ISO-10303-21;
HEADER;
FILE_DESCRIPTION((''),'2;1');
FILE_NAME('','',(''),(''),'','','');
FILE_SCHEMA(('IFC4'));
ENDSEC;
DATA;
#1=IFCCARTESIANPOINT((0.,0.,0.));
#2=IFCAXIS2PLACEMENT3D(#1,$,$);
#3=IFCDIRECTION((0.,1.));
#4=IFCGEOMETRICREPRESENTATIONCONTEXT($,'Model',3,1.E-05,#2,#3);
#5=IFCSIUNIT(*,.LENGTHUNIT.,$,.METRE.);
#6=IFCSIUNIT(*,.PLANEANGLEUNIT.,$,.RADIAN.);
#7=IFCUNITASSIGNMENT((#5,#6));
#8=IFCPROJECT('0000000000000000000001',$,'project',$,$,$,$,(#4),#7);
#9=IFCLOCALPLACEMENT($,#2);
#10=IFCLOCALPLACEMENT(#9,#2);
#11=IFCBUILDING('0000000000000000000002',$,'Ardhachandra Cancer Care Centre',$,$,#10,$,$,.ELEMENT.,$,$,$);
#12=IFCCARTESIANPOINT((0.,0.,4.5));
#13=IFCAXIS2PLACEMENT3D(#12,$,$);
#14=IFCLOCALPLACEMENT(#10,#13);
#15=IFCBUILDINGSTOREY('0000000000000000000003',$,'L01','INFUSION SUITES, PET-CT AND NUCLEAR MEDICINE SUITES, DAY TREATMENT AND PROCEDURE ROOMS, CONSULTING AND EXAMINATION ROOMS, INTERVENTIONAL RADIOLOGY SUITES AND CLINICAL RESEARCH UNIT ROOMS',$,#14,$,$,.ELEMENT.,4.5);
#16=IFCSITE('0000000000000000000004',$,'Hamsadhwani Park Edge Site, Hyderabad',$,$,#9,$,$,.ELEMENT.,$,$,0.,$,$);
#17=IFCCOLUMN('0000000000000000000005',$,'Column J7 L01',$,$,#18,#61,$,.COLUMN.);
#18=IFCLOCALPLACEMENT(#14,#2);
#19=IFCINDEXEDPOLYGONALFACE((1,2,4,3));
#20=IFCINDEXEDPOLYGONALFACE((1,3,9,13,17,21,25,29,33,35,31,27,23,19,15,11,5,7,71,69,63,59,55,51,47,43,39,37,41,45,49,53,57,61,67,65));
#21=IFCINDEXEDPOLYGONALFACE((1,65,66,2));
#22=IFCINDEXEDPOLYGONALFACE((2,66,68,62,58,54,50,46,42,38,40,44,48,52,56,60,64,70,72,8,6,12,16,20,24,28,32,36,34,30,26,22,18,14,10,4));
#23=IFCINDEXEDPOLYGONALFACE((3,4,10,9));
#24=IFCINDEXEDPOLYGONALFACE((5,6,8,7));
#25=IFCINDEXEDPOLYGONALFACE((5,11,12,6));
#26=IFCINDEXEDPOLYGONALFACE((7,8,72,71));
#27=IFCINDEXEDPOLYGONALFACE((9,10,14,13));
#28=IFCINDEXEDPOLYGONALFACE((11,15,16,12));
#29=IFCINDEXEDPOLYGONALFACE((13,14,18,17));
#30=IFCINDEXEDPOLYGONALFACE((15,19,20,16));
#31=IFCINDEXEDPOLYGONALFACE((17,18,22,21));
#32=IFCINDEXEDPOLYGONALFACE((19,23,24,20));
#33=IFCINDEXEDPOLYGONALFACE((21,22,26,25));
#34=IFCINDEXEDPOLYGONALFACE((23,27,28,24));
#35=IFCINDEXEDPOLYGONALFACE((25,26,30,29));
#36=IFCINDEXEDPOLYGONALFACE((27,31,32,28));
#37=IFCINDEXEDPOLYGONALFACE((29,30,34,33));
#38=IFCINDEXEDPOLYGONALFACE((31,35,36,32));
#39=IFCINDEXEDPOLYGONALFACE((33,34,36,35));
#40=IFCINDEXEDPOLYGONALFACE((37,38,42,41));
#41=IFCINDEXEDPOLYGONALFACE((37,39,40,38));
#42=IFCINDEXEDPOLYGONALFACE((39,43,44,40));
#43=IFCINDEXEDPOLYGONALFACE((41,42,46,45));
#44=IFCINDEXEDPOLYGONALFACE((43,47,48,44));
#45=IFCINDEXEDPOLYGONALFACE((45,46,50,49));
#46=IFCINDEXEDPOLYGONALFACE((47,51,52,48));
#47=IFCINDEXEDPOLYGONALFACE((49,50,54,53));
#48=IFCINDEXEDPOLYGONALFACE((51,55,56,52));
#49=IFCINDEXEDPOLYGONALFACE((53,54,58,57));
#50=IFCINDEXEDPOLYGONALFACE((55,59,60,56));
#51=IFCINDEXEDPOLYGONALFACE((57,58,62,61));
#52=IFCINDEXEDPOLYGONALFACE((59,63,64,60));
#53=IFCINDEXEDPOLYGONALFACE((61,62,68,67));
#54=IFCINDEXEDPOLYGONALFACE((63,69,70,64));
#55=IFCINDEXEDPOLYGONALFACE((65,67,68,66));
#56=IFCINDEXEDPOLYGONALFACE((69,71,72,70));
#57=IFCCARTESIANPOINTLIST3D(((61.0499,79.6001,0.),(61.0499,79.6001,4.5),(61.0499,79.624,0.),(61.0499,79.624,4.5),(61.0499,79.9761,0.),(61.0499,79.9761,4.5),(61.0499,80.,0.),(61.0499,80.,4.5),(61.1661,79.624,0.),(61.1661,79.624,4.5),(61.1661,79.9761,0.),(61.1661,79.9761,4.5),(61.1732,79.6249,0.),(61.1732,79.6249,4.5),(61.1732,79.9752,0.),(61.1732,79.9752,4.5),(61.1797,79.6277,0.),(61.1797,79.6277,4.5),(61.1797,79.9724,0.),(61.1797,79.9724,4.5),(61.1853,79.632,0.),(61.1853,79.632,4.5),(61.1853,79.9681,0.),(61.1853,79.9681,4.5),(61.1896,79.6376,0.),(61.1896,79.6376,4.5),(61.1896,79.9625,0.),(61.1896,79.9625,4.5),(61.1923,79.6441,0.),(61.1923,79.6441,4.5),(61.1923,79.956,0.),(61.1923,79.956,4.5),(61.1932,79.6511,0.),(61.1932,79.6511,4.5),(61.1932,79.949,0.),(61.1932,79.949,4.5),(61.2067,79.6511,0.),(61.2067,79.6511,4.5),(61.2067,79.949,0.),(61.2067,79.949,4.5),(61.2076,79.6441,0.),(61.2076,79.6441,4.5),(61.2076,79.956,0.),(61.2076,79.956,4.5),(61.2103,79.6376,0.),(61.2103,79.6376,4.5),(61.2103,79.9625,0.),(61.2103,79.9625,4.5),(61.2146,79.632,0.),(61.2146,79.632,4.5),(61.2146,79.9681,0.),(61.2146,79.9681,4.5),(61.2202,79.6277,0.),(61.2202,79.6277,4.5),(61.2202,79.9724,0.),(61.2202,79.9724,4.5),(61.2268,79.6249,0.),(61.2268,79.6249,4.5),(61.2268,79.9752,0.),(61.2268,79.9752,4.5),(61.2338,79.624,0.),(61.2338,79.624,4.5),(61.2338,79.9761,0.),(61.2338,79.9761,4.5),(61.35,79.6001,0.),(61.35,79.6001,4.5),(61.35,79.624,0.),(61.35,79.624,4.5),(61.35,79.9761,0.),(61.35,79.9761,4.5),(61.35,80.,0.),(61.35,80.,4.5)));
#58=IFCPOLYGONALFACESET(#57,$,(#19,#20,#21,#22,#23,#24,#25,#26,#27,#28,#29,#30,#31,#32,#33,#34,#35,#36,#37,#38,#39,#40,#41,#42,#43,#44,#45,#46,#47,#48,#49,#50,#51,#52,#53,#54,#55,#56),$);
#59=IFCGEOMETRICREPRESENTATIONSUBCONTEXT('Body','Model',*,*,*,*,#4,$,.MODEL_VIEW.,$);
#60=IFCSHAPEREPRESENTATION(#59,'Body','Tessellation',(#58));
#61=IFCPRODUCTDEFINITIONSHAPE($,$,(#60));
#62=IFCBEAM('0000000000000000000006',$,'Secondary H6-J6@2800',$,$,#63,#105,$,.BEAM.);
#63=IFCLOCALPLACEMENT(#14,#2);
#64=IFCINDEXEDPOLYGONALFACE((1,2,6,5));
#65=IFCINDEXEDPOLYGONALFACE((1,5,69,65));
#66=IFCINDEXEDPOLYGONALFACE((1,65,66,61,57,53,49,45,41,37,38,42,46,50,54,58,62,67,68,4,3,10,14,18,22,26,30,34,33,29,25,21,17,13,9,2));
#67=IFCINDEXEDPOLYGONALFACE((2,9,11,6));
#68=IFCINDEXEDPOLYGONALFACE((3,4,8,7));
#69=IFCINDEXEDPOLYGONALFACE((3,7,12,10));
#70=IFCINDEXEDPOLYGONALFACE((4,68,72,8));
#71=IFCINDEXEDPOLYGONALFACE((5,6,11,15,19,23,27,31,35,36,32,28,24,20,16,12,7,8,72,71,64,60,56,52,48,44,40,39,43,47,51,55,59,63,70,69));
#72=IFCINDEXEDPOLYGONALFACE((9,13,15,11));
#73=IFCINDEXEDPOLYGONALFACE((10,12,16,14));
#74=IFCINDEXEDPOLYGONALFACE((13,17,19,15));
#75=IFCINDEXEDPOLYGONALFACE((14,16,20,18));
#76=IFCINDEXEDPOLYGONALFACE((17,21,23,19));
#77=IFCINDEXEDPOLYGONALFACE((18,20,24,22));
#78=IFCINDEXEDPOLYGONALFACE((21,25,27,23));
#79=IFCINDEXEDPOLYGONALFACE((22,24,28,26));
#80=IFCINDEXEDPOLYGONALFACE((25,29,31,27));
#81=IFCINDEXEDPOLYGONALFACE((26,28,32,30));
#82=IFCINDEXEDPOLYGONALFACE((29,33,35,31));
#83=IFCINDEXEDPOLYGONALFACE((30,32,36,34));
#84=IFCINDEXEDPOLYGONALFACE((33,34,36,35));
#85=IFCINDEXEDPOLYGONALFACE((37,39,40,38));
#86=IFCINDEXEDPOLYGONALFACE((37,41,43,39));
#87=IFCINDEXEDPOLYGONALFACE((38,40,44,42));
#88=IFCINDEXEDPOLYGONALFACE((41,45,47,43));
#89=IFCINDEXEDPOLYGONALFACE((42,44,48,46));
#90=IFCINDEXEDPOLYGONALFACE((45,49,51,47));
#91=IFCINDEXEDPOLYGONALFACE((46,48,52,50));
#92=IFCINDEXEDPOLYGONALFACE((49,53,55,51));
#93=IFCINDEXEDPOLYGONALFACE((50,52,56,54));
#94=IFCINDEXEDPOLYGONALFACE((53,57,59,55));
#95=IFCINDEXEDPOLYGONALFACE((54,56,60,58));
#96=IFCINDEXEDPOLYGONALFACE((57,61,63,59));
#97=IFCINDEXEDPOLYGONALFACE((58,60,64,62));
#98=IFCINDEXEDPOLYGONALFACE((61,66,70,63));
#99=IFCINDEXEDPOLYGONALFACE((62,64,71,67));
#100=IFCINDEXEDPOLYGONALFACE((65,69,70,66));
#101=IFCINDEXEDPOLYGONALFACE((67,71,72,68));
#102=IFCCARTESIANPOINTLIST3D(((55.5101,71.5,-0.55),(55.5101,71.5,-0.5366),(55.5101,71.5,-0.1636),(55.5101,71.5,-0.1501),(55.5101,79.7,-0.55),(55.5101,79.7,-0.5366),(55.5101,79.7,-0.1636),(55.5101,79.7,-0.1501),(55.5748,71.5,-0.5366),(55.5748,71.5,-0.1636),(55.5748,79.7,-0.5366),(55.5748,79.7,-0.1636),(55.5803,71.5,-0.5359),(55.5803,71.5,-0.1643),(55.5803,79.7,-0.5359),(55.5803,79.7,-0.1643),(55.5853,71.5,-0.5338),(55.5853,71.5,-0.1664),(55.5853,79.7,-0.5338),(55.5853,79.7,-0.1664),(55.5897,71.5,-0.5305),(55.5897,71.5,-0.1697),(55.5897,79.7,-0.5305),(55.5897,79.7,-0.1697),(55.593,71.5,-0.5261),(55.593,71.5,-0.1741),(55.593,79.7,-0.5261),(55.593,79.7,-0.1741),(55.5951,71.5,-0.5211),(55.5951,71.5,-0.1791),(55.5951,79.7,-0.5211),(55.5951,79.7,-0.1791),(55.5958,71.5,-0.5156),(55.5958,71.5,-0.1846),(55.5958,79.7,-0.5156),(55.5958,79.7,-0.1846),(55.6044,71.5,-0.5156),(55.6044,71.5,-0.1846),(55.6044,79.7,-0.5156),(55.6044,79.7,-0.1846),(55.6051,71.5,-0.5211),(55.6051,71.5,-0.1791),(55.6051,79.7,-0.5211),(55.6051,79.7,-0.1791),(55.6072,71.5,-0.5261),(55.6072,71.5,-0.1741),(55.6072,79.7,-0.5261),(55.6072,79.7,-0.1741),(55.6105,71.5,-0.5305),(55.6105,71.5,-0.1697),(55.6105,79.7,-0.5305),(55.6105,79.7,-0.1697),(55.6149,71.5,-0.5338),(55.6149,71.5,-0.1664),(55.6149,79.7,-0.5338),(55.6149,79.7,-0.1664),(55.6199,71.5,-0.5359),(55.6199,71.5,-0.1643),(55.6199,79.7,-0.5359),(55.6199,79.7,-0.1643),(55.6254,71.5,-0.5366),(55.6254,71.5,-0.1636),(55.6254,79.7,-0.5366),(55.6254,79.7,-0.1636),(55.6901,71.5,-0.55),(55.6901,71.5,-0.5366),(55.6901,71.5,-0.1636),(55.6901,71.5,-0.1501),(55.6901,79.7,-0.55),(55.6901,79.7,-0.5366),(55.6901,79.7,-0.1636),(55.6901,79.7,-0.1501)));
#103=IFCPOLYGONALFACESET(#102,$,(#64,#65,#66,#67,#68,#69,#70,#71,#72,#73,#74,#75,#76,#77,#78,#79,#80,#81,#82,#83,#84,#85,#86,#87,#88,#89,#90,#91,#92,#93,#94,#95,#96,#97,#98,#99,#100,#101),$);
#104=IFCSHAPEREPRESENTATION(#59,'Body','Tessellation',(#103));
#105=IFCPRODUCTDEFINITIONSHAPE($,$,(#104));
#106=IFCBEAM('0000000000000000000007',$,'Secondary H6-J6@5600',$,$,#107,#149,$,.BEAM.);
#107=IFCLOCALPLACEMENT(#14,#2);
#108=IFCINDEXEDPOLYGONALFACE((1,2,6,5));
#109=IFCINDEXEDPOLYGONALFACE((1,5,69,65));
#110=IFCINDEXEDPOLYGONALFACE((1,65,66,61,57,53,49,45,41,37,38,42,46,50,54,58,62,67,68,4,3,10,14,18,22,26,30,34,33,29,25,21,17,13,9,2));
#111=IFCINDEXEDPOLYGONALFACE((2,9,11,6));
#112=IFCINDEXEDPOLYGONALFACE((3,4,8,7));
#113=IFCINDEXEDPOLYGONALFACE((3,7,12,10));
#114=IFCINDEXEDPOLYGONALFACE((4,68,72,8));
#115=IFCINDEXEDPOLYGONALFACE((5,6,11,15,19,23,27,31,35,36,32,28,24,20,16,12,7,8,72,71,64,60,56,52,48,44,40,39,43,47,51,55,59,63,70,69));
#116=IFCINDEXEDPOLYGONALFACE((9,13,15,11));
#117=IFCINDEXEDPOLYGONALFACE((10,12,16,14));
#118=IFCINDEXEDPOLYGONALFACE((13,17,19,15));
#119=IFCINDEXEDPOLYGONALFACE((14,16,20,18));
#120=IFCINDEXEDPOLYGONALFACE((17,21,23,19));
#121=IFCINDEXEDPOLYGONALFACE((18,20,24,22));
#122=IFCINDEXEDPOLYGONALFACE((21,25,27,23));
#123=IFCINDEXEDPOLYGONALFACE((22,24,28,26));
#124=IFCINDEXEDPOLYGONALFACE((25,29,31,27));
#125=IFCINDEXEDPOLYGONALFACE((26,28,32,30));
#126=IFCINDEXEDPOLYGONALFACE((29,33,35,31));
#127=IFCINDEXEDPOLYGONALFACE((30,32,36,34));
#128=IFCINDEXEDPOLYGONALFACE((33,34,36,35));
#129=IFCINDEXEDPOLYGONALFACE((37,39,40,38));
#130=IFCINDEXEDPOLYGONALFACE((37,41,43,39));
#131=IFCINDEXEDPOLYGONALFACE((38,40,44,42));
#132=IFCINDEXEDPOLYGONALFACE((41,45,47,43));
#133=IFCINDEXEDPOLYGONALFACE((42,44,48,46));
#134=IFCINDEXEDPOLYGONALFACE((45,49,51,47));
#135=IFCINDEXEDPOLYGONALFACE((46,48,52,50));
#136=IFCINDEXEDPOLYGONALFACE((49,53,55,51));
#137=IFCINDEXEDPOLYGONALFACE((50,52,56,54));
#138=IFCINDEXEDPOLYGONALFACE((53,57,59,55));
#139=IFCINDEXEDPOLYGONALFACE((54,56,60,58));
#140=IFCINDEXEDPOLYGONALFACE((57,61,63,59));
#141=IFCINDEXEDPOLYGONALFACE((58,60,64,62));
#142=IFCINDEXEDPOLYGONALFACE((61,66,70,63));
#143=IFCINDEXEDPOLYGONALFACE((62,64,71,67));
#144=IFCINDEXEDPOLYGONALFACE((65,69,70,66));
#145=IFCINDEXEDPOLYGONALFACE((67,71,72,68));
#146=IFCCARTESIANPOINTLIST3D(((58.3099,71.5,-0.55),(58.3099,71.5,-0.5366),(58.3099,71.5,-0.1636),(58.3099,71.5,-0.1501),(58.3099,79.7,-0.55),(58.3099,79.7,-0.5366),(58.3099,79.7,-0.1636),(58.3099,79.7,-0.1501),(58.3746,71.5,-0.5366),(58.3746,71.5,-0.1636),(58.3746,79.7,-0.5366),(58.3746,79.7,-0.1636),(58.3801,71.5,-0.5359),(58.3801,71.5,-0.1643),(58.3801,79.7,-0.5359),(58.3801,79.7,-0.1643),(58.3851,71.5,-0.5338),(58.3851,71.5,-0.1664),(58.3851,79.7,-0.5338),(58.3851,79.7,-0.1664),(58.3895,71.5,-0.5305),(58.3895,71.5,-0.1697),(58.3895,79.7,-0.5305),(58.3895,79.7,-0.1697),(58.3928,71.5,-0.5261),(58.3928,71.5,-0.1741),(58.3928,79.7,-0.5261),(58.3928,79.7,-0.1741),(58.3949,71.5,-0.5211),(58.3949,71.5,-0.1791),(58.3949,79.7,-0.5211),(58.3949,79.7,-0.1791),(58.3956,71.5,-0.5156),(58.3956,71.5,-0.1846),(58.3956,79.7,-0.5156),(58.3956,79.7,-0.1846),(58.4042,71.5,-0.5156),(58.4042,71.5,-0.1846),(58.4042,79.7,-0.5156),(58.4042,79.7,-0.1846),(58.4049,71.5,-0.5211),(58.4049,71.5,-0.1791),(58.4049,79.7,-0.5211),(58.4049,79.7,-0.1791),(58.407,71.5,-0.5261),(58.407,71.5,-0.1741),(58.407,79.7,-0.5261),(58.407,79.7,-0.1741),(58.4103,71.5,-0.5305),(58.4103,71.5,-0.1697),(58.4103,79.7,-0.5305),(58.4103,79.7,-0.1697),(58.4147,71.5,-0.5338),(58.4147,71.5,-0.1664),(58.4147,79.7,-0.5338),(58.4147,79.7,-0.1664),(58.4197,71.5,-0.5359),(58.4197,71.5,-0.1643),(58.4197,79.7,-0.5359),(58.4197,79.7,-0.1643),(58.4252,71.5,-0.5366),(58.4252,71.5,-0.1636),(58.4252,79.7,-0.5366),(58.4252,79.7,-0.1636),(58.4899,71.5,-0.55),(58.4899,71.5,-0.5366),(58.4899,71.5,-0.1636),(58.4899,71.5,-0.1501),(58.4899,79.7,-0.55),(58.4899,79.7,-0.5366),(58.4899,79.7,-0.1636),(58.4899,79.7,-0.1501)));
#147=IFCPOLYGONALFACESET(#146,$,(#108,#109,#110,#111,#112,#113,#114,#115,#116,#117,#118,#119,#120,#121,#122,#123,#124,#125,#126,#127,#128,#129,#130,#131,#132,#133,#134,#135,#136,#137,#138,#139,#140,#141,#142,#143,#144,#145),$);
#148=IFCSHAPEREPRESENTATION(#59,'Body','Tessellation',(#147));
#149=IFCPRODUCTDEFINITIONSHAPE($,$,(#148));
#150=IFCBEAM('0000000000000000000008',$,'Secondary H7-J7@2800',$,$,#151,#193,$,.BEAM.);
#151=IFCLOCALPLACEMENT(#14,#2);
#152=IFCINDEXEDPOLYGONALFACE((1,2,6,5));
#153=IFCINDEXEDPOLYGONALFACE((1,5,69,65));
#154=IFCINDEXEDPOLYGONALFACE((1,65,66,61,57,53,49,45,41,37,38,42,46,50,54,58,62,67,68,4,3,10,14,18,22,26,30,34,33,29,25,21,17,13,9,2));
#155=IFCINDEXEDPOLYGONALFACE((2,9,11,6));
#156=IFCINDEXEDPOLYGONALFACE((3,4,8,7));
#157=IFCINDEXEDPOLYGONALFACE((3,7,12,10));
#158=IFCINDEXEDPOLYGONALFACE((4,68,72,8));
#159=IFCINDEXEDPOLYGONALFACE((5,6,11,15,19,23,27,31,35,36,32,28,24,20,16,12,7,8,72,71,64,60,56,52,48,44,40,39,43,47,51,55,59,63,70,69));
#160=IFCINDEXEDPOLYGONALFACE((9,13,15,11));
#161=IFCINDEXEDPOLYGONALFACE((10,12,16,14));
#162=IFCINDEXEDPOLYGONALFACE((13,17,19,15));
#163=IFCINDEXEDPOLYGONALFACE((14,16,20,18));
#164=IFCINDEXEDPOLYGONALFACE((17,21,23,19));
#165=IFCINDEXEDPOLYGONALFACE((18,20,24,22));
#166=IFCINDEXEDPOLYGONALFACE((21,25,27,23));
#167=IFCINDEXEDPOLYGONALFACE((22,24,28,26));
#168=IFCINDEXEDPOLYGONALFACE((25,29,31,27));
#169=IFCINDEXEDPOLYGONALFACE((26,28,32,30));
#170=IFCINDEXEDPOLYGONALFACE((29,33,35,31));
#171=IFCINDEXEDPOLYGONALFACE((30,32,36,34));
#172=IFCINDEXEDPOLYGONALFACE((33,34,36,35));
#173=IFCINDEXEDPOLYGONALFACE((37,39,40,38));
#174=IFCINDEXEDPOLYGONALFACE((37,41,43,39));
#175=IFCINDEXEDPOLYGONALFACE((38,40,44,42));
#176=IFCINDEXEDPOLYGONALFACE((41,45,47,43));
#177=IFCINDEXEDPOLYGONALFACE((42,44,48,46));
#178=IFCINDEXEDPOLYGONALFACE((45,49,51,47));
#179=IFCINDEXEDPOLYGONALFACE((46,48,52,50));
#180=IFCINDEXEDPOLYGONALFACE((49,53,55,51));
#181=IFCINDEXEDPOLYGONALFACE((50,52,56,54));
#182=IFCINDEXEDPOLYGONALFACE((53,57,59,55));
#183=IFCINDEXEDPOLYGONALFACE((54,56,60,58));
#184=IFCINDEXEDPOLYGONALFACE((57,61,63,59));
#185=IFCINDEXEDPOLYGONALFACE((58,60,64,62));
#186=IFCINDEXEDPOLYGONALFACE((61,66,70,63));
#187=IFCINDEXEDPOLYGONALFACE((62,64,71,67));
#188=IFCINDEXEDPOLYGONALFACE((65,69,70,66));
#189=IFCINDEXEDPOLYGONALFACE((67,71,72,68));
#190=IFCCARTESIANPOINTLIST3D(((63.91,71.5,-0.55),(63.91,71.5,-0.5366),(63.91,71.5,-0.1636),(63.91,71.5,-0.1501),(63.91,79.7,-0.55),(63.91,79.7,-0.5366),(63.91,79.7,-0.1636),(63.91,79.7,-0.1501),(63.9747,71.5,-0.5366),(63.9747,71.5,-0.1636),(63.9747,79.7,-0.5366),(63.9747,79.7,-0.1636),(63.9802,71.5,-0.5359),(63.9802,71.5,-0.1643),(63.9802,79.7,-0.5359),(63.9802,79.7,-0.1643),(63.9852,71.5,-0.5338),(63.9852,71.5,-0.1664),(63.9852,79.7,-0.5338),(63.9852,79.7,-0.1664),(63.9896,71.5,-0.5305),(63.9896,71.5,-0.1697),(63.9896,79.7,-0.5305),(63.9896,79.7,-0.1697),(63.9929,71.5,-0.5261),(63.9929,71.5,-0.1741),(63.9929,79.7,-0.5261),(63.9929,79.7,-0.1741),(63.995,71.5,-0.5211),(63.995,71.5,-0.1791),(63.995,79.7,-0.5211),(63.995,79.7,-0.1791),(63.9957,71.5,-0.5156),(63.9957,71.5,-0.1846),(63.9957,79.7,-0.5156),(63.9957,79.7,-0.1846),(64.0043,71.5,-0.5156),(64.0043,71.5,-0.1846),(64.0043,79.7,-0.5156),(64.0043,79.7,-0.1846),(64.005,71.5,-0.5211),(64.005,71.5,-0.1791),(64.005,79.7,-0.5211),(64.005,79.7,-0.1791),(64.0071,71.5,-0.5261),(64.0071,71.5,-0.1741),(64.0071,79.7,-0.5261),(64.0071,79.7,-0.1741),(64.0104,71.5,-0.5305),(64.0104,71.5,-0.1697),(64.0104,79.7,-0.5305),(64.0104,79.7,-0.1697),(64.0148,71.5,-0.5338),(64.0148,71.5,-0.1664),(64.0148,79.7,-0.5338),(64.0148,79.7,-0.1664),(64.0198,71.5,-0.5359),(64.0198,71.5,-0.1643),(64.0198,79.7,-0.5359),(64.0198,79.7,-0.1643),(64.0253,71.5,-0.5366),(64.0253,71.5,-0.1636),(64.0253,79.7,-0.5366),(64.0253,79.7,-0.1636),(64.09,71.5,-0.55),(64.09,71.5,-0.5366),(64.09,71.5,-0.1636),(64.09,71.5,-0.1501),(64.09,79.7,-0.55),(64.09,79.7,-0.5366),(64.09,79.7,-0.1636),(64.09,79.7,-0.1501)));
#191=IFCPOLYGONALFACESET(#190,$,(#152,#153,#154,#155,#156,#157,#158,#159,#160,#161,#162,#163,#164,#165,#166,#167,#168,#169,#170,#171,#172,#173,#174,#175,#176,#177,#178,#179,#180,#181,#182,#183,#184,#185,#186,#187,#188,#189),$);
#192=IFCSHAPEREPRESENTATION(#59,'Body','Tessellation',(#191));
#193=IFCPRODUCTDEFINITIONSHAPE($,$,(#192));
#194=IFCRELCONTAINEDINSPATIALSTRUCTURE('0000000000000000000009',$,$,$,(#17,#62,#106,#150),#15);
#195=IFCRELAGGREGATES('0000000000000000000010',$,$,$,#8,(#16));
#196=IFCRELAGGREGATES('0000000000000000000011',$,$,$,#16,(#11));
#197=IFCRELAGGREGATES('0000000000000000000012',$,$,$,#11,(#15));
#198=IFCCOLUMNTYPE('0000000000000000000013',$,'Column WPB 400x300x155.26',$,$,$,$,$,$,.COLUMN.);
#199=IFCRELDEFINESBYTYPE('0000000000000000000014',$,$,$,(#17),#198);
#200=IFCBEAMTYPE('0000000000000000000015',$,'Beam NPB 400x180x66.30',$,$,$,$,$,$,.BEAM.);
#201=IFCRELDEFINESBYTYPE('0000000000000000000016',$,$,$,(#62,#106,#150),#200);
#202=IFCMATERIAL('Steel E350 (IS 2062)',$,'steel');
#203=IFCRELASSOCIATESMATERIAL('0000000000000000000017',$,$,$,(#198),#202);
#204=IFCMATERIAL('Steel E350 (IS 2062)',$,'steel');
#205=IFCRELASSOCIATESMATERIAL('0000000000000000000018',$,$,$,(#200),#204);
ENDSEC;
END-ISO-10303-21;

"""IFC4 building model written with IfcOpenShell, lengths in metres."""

from ifc_helpers import new_model, si_unit, direction, frame, origin, origin_2d, place, context, subcontext, project, spatial, i_section, extrude, material, material_profile, profile_set, type_object, element, save


model = new_model("IFC4")

# Units and contexts
model_context = context("Model", 3, precision=1e-05, world=origin(), true_north=direction((0.0, 1.0)))
body_context = subcontext(model_context, "Body", "Model", "MODEL_VIEW")
ifc_project = project(units=[si_unit("LENGTHUNIT", "METRE"), si_unit("PLANEANGLEUNIT", "RADIAN")], contexts=[model_context])

# Site, building, storey
site_placement = place(None, origin())
site = spatial("IfcSite", under=ifc_project, at=site_placement, Name="Hamsadhwani Park Edge Site, Hyderabad", CompositionType="ELEMENT", RefElevation=0.0)
building_placement = place(site_placement, origin())
building = spatial("IfcBuilding", under=site, at=building_placement, Name="Ardhachandra Cancer Care Centre", CompositionType="ELEMENT")
storey_placement = place(building_placement, frame((0.0, 0.0, 4.5)))
storey = spatial("IfcBuildingStorey", under=building, at=storey_placement, Name="L01", Description="INFUSION SUITES, PET-CT AND NUCLEAR MEDICINE SUITES, DAY TREATMENT AND PROCEDURE ROOMS, CONSULTING AND EXAMINATION ROOMS, INTERVENTIONAL RADIOLOGY SUITES AND CLINICAL RESEARCH UNIT ROOMS", CompositionType="ELEMENT", Elevation=4.5)

# Column
ifc_material_1 = material(Name="Steel E350 (IS 2062)", Category="steel")
ifc_material_profile_1 = material_profile(ifc_material_1, i_section(OverallWidth=0.3, OverallDepth=0.3999, WebThickness=0.0134, FlangeThickness=0.0239, FilletRadius=0.0271, at=origin_2d()), Name="WPB 400x300x155.26")
ifc_profile_set_1 = profile_set([ifc_material_profile_1], Name="Steel E350 (IS 2062)")
column_type = type_object("IfcColumnType", Name="Column WPB 400x300x155.26", PredefinedType="COLUMN", material=ifc_profile_set_1)
column_placement = place(storey_placement, frame((61.2, 79.8, 0.0), z_axis=(0.0, 0.0, 1.0), x_axis=(1.0, 0.0, 0.0)))
element("IfcColumn", 1, at=column_placement, inside=storey, type_object=column_type, Name="Column J7 L01", PredefinedType="COLUMN", context=body_context, shape_type="SweptSolid", body=[
    extrude(i_section(OverallWidth=0.3, OverallDepth=0.3999, WebThickness=0.0134, FlangeThickness=0.0239, FilletRadius=0.0271, at=origin_2d()), origin(), (0.0, 0.0, 1.0), 4.5),
])

# Beams
ifc_material_2 = material(Name="Steel E350 (IS 2062)", Category="steel")
ifc_material_profile_2 = material_profile(ifc_material_2, i_section(OverallWidth=0.1799, OverallDepth=0.3999, WebThickness=0.0085, FlangeThickness=0.0134, FilletRadius=0.021, at=origin_2d()), Name="NPB 400x180x66.30")
ifc_profile_set_2 = profile_set([ifc_material_profile_2], Name="Steel E350 (IS 2062)")
beam_type_1 = type_object("IfcBeamType", Name="Beam NPB 400x180x66.30", PredefinedType="BEAM", material=ifc_profile_set_2)
for number, where, z_axis, x_axis, name in (
    (2, (55.6001, 71.5, -0.3501), (0.0, 1.0, 0.0), (-1.0, 0.0, 0.0), "Secondary H6-J6@2800"),
    (3, (58.3999, 71.5, -0.3501), (0.0, 1.0, 0.0), (-1.0, 0.0, 0.0), "Secondary H6-J6@5600"),
    (4, (64.0, 71.5, -0.3501), (0.0, 1.0, 0.0), (-1.0, 0.0, 0.0), "Secondary H7-J7@2800"),
):
    element("IfcBeam", number, at=place(storey_placement, frame(where, z_axis=z_axis, x_axis=x_axis)), inside=storey, type_object=beam_type_1, Name=name, PredefinedType="BEAM", context=body_context, shape_type="SweptSolid", body=[
        extrude(i_section(OverallWidth=0.1799, OverallDepth=0.3999, WebThickness=0.0085, FlangeThickness=0.0134, FilletRadius=0.021, at=origin_2d()), origin(), (0.0, 0.0, 1.0), 8.2),
    ])

save(model, "model.ifc")
